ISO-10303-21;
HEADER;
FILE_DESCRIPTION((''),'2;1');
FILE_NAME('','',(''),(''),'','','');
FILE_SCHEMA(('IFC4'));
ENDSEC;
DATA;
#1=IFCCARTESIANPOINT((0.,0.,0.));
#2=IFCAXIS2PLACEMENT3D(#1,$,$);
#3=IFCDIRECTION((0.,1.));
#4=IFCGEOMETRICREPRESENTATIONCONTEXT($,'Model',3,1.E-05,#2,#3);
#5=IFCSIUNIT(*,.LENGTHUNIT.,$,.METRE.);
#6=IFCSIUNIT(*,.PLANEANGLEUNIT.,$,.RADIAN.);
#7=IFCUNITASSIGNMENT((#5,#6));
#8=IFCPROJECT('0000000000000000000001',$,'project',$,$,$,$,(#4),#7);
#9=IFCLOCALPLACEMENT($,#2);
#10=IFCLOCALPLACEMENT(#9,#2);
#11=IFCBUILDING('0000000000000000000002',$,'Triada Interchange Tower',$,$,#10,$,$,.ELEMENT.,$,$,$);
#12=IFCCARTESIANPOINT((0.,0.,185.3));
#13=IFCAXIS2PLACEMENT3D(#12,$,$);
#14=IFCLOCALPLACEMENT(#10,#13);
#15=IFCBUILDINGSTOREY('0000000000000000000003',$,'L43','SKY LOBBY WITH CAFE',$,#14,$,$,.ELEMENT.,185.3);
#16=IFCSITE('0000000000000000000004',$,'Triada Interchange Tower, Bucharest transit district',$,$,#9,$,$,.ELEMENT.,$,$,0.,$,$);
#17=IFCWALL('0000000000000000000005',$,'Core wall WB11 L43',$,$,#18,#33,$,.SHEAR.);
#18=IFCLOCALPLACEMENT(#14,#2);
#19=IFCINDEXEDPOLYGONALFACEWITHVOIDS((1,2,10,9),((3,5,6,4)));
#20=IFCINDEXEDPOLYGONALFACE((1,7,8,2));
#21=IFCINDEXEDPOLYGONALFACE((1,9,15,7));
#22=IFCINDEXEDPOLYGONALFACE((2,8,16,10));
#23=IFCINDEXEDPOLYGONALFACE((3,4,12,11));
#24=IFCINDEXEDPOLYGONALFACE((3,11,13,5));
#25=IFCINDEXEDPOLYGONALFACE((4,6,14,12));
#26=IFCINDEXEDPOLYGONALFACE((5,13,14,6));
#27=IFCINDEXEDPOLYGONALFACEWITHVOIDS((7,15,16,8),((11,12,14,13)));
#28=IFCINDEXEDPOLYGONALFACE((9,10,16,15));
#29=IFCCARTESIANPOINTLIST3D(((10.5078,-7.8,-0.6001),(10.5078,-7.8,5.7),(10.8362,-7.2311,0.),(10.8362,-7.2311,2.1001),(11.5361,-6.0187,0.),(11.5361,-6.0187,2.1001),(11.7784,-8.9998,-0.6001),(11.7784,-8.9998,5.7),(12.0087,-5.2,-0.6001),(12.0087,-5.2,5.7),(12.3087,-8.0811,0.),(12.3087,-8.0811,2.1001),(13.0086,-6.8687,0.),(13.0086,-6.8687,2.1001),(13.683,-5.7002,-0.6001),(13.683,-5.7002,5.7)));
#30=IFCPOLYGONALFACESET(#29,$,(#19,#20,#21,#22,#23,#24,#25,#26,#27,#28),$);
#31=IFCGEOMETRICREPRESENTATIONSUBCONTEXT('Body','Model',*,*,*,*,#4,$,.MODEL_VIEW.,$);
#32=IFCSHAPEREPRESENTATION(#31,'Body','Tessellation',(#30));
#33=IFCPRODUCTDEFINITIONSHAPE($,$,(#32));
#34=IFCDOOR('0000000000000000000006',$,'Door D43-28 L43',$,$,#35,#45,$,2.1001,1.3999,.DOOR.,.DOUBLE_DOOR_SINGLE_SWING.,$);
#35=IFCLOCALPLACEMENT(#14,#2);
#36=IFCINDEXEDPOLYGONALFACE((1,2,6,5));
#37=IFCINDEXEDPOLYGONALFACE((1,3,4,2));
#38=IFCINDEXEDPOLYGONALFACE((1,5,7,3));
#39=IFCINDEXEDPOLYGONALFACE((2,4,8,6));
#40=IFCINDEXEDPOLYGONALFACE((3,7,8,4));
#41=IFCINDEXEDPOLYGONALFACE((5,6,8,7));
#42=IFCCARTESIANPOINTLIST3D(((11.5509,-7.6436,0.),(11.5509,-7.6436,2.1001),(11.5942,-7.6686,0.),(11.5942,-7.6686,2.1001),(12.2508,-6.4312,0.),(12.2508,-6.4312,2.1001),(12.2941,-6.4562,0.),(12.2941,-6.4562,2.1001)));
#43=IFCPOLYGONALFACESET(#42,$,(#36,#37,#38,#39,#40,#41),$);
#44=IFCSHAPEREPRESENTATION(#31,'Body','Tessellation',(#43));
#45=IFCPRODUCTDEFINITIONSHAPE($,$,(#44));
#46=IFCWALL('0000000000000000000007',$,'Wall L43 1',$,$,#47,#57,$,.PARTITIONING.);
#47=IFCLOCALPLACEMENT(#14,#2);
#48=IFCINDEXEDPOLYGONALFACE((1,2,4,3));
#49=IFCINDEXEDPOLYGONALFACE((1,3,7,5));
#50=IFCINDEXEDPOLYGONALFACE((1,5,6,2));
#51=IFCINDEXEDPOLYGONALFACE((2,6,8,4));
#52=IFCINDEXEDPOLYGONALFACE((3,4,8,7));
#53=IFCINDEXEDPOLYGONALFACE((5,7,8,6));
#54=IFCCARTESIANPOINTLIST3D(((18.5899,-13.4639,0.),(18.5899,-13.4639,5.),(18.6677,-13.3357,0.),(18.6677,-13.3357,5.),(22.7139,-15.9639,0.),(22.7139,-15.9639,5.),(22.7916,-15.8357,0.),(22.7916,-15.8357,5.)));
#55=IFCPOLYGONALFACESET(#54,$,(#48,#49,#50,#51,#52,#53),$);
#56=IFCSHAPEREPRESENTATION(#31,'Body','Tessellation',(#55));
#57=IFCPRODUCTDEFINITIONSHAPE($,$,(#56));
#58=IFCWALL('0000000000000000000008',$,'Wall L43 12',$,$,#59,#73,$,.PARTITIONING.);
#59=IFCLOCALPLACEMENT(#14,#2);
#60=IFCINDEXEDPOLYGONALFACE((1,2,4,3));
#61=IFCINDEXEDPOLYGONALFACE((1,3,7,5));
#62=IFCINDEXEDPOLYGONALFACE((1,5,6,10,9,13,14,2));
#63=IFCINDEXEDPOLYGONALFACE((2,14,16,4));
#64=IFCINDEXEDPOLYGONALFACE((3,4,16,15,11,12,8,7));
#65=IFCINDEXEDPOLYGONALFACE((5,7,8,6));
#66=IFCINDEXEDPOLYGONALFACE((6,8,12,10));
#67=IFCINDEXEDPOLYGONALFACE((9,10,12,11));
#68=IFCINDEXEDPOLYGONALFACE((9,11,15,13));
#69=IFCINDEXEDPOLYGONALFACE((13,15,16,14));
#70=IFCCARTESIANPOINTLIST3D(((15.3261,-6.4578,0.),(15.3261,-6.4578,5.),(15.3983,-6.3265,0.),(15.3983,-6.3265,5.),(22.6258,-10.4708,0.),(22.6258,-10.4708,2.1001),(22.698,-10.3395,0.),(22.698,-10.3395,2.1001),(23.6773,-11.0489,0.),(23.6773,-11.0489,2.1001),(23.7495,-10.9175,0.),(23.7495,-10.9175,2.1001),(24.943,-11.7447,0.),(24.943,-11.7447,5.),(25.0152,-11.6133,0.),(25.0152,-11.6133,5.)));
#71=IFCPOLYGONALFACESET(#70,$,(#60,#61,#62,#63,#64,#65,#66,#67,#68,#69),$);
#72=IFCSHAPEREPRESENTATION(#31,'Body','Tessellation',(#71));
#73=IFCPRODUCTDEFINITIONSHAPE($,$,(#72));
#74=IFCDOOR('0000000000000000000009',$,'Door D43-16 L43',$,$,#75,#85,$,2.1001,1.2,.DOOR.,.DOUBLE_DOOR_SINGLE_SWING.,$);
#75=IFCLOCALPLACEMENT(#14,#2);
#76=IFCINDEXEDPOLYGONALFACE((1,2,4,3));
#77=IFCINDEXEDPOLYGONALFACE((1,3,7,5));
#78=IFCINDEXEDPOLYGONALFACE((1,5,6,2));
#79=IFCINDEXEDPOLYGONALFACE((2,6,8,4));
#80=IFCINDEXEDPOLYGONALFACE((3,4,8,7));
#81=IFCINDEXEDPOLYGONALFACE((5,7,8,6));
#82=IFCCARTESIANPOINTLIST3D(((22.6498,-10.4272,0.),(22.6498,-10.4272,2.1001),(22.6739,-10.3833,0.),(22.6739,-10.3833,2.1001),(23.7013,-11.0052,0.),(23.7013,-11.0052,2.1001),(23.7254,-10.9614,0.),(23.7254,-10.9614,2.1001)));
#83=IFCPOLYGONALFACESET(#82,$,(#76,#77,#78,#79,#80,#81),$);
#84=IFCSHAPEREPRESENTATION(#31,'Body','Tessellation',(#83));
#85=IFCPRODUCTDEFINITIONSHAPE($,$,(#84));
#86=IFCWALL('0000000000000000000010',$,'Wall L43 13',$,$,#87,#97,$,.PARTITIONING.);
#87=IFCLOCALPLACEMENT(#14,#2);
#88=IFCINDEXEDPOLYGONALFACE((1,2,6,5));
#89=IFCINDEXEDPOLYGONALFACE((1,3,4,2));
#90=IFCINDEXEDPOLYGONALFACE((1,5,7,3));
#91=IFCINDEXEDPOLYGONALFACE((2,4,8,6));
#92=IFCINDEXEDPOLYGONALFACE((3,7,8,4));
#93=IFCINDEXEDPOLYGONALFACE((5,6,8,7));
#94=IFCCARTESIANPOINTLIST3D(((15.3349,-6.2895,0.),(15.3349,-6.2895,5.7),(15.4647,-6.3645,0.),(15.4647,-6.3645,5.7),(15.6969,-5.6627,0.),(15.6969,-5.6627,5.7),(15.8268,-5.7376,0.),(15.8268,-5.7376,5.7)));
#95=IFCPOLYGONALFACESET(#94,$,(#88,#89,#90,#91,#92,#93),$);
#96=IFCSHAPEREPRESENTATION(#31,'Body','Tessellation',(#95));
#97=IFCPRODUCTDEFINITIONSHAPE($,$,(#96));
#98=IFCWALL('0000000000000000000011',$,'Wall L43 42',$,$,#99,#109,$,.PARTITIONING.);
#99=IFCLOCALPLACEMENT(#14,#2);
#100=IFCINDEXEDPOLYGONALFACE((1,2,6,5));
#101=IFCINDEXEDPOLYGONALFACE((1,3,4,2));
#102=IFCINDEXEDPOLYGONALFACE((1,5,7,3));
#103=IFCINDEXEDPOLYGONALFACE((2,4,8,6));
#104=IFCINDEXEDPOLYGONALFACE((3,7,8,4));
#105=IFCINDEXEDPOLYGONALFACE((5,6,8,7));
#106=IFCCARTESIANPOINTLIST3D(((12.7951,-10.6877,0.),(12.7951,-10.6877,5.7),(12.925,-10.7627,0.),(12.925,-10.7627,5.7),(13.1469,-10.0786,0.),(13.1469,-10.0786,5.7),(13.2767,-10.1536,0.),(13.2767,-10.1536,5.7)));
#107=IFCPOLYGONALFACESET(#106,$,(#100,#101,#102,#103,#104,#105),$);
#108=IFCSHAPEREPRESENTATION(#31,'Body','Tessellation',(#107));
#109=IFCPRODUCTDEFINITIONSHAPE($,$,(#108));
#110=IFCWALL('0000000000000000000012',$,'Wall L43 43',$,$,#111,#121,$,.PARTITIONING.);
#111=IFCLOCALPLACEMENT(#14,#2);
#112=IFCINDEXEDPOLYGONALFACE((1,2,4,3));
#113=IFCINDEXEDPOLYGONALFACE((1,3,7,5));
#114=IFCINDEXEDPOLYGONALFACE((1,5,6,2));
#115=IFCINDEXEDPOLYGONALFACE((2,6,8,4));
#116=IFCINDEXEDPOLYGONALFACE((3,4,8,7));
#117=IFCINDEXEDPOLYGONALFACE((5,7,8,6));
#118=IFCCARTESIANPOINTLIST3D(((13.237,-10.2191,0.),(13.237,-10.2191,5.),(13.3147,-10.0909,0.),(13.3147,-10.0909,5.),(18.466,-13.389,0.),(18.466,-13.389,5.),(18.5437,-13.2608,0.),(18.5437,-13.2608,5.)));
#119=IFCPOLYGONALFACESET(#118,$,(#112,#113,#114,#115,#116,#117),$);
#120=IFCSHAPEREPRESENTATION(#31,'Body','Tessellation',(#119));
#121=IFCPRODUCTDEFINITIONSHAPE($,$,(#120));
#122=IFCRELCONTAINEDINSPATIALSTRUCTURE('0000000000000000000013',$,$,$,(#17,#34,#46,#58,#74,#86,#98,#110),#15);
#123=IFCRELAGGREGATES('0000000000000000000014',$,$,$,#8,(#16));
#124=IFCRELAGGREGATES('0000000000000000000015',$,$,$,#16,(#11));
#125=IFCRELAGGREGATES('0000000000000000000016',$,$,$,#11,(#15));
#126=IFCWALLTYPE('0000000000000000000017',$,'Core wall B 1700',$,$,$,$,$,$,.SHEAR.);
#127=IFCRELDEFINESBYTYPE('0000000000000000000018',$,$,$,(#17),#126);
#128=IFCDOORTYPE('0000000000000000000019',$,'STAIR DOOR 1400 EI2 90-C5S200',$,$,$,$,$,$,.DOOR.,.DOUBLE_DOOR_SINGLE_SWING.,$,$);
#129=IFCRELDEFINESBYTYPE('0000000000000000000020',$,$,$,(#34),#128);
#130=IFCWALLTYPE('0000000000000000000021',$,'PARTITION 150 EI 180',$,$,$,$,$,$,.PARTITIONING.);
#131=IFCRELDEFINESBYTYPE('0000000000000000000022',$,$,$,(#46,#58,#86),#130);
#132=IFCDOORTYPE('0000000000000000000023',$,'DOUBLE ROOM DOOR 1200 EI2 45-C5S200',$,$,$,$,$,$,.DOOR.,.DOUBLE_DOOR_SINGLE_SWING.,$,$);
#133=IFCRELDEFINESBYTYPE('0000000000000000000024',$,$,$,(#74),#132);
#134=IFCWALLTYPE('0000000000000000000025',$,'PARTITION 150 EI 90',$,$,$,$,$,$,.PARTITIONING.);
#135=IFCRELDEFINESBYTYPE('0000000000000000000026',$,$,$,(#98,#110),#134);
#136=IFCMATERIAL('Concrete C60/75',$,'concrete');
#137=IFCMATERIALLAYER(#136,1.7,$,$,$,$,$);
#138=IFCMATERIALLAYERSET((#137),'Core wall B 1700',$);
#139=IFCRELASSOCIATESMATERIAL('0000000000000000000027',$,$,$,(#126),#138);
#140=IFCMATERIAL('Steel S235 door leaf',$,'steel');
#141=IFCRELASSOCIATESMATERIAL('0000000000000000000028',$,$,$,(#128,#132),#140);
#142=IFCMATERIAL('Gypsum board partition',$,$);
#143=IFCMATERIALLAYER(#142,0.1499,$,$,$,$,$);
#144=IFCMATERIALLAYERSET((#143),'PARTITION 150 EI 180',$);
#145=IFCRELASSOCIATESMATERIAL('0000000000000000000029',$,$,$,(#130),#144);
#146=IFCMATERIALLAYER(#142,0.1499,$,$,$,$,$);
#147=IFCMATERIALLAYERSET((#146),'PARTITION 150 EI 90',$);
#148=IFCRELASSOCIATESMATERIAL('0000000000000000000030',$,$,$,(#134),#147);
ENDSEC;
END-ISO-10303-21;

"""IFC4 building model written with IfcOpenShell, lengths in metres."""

from ifc_helpers import new_model, si_unit, direction, frame, frame_2d, origin, place, context, subcontext, project, spatial, polyline, rectangle, outline, extrude, material, layer, layer_set, type_object, element, fill, save


model = new_model("IFC4")

# Units and contexts
model_context = context("Model", 3, precision=1e-05, world=origin(), true_north=direction((0.0, 1.0)))
body_context = subcontext(model_context, "Body", "Model", "MODEL_VIEW")
ifc_project = project(units=[si_unit("LENGTHUNIT", "METRE"), si_unit("PLANEANGLEUNIT", "RADIAN")], contexts=[model_context])

# Site, building, storey
site_placement = place(None, origin())
site = spatial("IfcSite", under=ifc_project, at=site_placement, Name="Triada Interchange Tower, Bucharest transit district", CompositionType="ELEMENT", RefElevation=0.0)
building_placement = place(site_placement, origin())
building = spatial("IfcBuilding", under=site, at=building_placement, Name="Triada Interchange Tower", CompositionType="ELEMENT")
storey_placement = place(building_placement, frame((0.0, 0.0, 185.3)))
storey = spatial("IfcBuildingStorey", under=building, at=storey_placement, Name="L43", Description="SKY LOBBY WITH CAFE", CompositionType="ELEMENT", Elevation=185.3)

# Shared definitions
ifc_material_1 = material(Name="Concrete C60/75", Category="concrete")

# Shared definitions
ifc_material_2 = material(Name="Steel S235 door leaf", Category="steel")

# Wall, opening, door
ifc_layer_1 = layer(ifc_material_1, 1.7)
ifc_layer_set_1 = layer_set([ifc_layer_1], Name="Core wall B 1700")
wall_type_1 = type_object("IfcWallType", Name="Core wall B 1700", PredefinedType="SHEAR", material=ifc_layer_set_1)
wall_1_placement = place(storey_placement, frame((11.1431, -8.3999, -0.6001), z_axis=(0.0, 0.0, 1.0), x_axis=(0.49994, 0.86606, 0.0)))
wall_1 = element("IfcWall", 1, at=wall_1_placement, inside=storey, type_object=wall_type_1, Name="Core wall WB11 L43", PredefinedType="SHEAR", context=body_context, shape_type="SweptSolid", body=[
    extrude(outline(polyline([(-0.2019, -0.8501), (1.7031, -0.8501), (3.6079, -0.8501), (3.2041, 0.8501), (1.7031, 0.8501), (0.2019, 0.8501), (-0.2019, -0.8501)])), origin(), (0.0, 0.0, 1.0), 6.3),
])
opening_1_placement = place(wall_1_placement, frame((0.8589, 0.0, 0.6001)))
opening_1 = element("IfcOpeningElement", 2, at=opening_1_placement, cuts=wall_1, PredefinedType="OPENING", context=body_context, shape_type="SweptSolid", body=[
    extrude(rectangle(XDim=1.3999, YDim=2.1001, at=frame_2d((0.7, 1.05))), frame((0.0, 0.8601, 0.0), z_axis=(0.0, -1.0, 0.0), x_axis=(1.0, 0.0, 0.0)), (0.0, 0.0, 1.0), 1.7202),
])
door_type_1 = type_object("IfcDoorType", Name="STAIR DOOR 1400 EI2 90-C5S200", OperationType="DOUBLE_DOOR_SINGLE_SWING", PredefinedType="DOOR", material=ifc_material_2)
door_1_placement = place(opening_1_placement, origin())
door_1 = element("IfcDoor", 3, at=door_1_placement, inside=storey, type_object=door_type_1, Name="Door D43-28 L43", OperationType="DOUBLE_DOOR_SINGLE_SWING", OverallHeight=2.1001, OverallWidth=1.3999, PredefinedType="DOOR", context=body_context, shape_type="SweptSolid", body=[
    extrude(rectangle(XDim=1.3999, YDim=2.1001, at=frame_2d((0.7, 1.05))), frame((0.0, 0.0249, 0.0), z_axis=(0.0, -1.0, 0.0), x_axis=(1.0, 0.0, 0.0)), (0.0, 0.0, 1.0), 0.05),
])
fill(opening_1, door_1)

# Wall
ifc_material_3 = material(Name="Gypsum board partition")
ifc_layer_2 = layer(ifc_material_3, 0.1499)
ifc_layer_set_2 = layer_set([ifc_layer_2], Name="PARTITION 150 EI 180")
wall_type_2 = type_object("IfcWallType", Name="PARTITION 150 EI 180", PredefinedType="PARTITIONING", material=ifc_layer_set_2)
wall_2_placement = place(storey_placement, frame((18.6289, -13.3999, 0.0), z_axis=(0.0, 0.0, 1.0), x_axis=(0.855143, -0.518391, 0.0)))
element("IfcWall", 4, at=wall_2_placement, inside=storey, type_object=wall_type_2, Name="Wall L43 1", PredefinedType="PARTITIONING", context=body_context, shape_type="SweptSolid", body=[
    extrude(rectangle(XDim=4.8225, YDim=0.1499, at=frame_2d((2.4111, 0.0))), origin(), (0.0, 0.0, 1.0), 5.0),
])

# Wall, opening, door
wall_3_placement = place(storey_placement, frame((15.3621, -6.3921, 0.0), z_axis=(0.0, 0.0, 1.0), x_axis=(0.87631, -0.481747, 0.0)))
wall_3 = element("IfcWall", 5, at=wall_3_placement, inside=storey, type_object=wall_type_2, Name="Wall L43 12", PredefinedType="PARTITIONING", context=body_context, shape_type="SweptSolid", body=[
    extrude(rectangle(XDim=10.9744, YDim=0.1499, at=frame_2d((5.4873, 0.0))), origin(), (0.0, 0.0, 1.0), 5.0),
])
opening_2_placement = place(wall_3_placement, frame((8.3301, 0.0, 0.0)))
opening_2 = element("IfcOpeningElement", 6, at=opening_2_placement, cuts=wall_3, PredefinedType="OPENING", context=body_context, shape_type="SweptSolid", body=[
    extrude(rectangle(XDim=1.2, YDim=2.1001, at=frame_2d((0.6001, 1.05))), frame((0.0, 0.085, 0.0), z_axis=(0.0, -1.0, 0.0), x_axis=(1.0, 0.0, 0.0)), (0.0, 0.0, 1.0), 0.1699),
])
door_type_2 = type_object("IfcDoorType", Name="DOUBLE ROOM DOOR 1200 EI2 45-C5S200", OperationType="DOUBLE_DOOR_SINGLE_SWING", PredefinedType="DOOR", material=ifc_material_2)
door_2_placement = place(opening_2_placement, origin())
door_2 = element("IfcDoor", 7, at=door_2_placement, inside=storey, type_object=door_type_2, Name="Door D43-16 L43", OperationType="DOUBLE_DOOR_SINGLE_SWING", OverallHeight=2.1001, OverallWidth=1.2, PredefinedType="DOOR", context=body_context, shape_type="SweptSolid", body=[
    extrude(rectangle(XDim=1.2, YDim=2.1001, at=frame_2d((0.6001, 1.05))), frame((0.0, 0.0249, 0.0), z_axis=(0.0, -1.0, 0.0), x_axis=(1.0, 0.0, 0.0)), (0.0, 0.0, 1.0), 0.05),
])
fill(opening_2, door_2)

# Walls
wall_4_placement = place(storey_placement, frame((15.3999, -6.3269, 0.0), z_axis=(0.0, 0.0, 1.0), x_axis=(0.500092, 0.865972, 0.0)))
element("IfcWall", 8, at=wall_4_placement, inside=storey, type_object=wall_type_2, Name="Wall L43 13", PredefinedType="PARTITIONING", context=body_context, shape_type="SweptSolid", body=[
    extrude(rectangle(XDim=0.7239, YDim=0.1499, at=frame_2d((0.3618, 0.0))), origin(), (0.0, 0.0, 1.0), 5.7),
])
ifc_layer_3 = layer(ifc_material_3, 0.1499)
ifc_layer_set_3 = layer_set([ifc_layer_3], Name="PARTITION 150 EI 90")
wall_type_3 = type_object("IfcWallType", Name="PARTITION 150 EI 90", PredefinedType="PARTITIONING", material=ifc_layer_set_3)
wall_5_placement = place(storey_placement, frame((12.8601, -10.7251, 0.0), z_axis=(0.0, 0.0, 1.0), x_axis=(0.500133, 0.865949, 0.0)))
element("IfcWall", 9, at=wall_5_placement, inside=storey, type_object=wall_type_3, Name="Wall L43 42", PredefinedType="PARTITIONING", context=body_context, shape_type="SweptSolid", body=[
    extrude(rectangle(XDim=0.7034, YDim=0.1499, at=frame_2d((0.3516, 0.0))), origin(), (0.0, 0.0, 1.0), 5.7),
])
wall_6_placement = place(storey_placement, frame((13.2759, -10.155, 0.0), z_axis=(0.0, 0.0, 1.0), x_axis=(0.855138, -0.518401, 0.0)))
element("IfcWall", 10, at=wall_6_placement, inside=storey, type_object=wall_type_3, Name="Wall L43 43", PredefinedType="PARTITIONING", context=body_context, shape_type="SweptSolid", body=[
    extrude(rectangle(XDim=6.1147, YDim=0.1499, at=frame_2d((3.0574, 0.0))), origin(), (0.0, 0.0, 1.0), 5.0),
])

save(model, "model.ifc")
